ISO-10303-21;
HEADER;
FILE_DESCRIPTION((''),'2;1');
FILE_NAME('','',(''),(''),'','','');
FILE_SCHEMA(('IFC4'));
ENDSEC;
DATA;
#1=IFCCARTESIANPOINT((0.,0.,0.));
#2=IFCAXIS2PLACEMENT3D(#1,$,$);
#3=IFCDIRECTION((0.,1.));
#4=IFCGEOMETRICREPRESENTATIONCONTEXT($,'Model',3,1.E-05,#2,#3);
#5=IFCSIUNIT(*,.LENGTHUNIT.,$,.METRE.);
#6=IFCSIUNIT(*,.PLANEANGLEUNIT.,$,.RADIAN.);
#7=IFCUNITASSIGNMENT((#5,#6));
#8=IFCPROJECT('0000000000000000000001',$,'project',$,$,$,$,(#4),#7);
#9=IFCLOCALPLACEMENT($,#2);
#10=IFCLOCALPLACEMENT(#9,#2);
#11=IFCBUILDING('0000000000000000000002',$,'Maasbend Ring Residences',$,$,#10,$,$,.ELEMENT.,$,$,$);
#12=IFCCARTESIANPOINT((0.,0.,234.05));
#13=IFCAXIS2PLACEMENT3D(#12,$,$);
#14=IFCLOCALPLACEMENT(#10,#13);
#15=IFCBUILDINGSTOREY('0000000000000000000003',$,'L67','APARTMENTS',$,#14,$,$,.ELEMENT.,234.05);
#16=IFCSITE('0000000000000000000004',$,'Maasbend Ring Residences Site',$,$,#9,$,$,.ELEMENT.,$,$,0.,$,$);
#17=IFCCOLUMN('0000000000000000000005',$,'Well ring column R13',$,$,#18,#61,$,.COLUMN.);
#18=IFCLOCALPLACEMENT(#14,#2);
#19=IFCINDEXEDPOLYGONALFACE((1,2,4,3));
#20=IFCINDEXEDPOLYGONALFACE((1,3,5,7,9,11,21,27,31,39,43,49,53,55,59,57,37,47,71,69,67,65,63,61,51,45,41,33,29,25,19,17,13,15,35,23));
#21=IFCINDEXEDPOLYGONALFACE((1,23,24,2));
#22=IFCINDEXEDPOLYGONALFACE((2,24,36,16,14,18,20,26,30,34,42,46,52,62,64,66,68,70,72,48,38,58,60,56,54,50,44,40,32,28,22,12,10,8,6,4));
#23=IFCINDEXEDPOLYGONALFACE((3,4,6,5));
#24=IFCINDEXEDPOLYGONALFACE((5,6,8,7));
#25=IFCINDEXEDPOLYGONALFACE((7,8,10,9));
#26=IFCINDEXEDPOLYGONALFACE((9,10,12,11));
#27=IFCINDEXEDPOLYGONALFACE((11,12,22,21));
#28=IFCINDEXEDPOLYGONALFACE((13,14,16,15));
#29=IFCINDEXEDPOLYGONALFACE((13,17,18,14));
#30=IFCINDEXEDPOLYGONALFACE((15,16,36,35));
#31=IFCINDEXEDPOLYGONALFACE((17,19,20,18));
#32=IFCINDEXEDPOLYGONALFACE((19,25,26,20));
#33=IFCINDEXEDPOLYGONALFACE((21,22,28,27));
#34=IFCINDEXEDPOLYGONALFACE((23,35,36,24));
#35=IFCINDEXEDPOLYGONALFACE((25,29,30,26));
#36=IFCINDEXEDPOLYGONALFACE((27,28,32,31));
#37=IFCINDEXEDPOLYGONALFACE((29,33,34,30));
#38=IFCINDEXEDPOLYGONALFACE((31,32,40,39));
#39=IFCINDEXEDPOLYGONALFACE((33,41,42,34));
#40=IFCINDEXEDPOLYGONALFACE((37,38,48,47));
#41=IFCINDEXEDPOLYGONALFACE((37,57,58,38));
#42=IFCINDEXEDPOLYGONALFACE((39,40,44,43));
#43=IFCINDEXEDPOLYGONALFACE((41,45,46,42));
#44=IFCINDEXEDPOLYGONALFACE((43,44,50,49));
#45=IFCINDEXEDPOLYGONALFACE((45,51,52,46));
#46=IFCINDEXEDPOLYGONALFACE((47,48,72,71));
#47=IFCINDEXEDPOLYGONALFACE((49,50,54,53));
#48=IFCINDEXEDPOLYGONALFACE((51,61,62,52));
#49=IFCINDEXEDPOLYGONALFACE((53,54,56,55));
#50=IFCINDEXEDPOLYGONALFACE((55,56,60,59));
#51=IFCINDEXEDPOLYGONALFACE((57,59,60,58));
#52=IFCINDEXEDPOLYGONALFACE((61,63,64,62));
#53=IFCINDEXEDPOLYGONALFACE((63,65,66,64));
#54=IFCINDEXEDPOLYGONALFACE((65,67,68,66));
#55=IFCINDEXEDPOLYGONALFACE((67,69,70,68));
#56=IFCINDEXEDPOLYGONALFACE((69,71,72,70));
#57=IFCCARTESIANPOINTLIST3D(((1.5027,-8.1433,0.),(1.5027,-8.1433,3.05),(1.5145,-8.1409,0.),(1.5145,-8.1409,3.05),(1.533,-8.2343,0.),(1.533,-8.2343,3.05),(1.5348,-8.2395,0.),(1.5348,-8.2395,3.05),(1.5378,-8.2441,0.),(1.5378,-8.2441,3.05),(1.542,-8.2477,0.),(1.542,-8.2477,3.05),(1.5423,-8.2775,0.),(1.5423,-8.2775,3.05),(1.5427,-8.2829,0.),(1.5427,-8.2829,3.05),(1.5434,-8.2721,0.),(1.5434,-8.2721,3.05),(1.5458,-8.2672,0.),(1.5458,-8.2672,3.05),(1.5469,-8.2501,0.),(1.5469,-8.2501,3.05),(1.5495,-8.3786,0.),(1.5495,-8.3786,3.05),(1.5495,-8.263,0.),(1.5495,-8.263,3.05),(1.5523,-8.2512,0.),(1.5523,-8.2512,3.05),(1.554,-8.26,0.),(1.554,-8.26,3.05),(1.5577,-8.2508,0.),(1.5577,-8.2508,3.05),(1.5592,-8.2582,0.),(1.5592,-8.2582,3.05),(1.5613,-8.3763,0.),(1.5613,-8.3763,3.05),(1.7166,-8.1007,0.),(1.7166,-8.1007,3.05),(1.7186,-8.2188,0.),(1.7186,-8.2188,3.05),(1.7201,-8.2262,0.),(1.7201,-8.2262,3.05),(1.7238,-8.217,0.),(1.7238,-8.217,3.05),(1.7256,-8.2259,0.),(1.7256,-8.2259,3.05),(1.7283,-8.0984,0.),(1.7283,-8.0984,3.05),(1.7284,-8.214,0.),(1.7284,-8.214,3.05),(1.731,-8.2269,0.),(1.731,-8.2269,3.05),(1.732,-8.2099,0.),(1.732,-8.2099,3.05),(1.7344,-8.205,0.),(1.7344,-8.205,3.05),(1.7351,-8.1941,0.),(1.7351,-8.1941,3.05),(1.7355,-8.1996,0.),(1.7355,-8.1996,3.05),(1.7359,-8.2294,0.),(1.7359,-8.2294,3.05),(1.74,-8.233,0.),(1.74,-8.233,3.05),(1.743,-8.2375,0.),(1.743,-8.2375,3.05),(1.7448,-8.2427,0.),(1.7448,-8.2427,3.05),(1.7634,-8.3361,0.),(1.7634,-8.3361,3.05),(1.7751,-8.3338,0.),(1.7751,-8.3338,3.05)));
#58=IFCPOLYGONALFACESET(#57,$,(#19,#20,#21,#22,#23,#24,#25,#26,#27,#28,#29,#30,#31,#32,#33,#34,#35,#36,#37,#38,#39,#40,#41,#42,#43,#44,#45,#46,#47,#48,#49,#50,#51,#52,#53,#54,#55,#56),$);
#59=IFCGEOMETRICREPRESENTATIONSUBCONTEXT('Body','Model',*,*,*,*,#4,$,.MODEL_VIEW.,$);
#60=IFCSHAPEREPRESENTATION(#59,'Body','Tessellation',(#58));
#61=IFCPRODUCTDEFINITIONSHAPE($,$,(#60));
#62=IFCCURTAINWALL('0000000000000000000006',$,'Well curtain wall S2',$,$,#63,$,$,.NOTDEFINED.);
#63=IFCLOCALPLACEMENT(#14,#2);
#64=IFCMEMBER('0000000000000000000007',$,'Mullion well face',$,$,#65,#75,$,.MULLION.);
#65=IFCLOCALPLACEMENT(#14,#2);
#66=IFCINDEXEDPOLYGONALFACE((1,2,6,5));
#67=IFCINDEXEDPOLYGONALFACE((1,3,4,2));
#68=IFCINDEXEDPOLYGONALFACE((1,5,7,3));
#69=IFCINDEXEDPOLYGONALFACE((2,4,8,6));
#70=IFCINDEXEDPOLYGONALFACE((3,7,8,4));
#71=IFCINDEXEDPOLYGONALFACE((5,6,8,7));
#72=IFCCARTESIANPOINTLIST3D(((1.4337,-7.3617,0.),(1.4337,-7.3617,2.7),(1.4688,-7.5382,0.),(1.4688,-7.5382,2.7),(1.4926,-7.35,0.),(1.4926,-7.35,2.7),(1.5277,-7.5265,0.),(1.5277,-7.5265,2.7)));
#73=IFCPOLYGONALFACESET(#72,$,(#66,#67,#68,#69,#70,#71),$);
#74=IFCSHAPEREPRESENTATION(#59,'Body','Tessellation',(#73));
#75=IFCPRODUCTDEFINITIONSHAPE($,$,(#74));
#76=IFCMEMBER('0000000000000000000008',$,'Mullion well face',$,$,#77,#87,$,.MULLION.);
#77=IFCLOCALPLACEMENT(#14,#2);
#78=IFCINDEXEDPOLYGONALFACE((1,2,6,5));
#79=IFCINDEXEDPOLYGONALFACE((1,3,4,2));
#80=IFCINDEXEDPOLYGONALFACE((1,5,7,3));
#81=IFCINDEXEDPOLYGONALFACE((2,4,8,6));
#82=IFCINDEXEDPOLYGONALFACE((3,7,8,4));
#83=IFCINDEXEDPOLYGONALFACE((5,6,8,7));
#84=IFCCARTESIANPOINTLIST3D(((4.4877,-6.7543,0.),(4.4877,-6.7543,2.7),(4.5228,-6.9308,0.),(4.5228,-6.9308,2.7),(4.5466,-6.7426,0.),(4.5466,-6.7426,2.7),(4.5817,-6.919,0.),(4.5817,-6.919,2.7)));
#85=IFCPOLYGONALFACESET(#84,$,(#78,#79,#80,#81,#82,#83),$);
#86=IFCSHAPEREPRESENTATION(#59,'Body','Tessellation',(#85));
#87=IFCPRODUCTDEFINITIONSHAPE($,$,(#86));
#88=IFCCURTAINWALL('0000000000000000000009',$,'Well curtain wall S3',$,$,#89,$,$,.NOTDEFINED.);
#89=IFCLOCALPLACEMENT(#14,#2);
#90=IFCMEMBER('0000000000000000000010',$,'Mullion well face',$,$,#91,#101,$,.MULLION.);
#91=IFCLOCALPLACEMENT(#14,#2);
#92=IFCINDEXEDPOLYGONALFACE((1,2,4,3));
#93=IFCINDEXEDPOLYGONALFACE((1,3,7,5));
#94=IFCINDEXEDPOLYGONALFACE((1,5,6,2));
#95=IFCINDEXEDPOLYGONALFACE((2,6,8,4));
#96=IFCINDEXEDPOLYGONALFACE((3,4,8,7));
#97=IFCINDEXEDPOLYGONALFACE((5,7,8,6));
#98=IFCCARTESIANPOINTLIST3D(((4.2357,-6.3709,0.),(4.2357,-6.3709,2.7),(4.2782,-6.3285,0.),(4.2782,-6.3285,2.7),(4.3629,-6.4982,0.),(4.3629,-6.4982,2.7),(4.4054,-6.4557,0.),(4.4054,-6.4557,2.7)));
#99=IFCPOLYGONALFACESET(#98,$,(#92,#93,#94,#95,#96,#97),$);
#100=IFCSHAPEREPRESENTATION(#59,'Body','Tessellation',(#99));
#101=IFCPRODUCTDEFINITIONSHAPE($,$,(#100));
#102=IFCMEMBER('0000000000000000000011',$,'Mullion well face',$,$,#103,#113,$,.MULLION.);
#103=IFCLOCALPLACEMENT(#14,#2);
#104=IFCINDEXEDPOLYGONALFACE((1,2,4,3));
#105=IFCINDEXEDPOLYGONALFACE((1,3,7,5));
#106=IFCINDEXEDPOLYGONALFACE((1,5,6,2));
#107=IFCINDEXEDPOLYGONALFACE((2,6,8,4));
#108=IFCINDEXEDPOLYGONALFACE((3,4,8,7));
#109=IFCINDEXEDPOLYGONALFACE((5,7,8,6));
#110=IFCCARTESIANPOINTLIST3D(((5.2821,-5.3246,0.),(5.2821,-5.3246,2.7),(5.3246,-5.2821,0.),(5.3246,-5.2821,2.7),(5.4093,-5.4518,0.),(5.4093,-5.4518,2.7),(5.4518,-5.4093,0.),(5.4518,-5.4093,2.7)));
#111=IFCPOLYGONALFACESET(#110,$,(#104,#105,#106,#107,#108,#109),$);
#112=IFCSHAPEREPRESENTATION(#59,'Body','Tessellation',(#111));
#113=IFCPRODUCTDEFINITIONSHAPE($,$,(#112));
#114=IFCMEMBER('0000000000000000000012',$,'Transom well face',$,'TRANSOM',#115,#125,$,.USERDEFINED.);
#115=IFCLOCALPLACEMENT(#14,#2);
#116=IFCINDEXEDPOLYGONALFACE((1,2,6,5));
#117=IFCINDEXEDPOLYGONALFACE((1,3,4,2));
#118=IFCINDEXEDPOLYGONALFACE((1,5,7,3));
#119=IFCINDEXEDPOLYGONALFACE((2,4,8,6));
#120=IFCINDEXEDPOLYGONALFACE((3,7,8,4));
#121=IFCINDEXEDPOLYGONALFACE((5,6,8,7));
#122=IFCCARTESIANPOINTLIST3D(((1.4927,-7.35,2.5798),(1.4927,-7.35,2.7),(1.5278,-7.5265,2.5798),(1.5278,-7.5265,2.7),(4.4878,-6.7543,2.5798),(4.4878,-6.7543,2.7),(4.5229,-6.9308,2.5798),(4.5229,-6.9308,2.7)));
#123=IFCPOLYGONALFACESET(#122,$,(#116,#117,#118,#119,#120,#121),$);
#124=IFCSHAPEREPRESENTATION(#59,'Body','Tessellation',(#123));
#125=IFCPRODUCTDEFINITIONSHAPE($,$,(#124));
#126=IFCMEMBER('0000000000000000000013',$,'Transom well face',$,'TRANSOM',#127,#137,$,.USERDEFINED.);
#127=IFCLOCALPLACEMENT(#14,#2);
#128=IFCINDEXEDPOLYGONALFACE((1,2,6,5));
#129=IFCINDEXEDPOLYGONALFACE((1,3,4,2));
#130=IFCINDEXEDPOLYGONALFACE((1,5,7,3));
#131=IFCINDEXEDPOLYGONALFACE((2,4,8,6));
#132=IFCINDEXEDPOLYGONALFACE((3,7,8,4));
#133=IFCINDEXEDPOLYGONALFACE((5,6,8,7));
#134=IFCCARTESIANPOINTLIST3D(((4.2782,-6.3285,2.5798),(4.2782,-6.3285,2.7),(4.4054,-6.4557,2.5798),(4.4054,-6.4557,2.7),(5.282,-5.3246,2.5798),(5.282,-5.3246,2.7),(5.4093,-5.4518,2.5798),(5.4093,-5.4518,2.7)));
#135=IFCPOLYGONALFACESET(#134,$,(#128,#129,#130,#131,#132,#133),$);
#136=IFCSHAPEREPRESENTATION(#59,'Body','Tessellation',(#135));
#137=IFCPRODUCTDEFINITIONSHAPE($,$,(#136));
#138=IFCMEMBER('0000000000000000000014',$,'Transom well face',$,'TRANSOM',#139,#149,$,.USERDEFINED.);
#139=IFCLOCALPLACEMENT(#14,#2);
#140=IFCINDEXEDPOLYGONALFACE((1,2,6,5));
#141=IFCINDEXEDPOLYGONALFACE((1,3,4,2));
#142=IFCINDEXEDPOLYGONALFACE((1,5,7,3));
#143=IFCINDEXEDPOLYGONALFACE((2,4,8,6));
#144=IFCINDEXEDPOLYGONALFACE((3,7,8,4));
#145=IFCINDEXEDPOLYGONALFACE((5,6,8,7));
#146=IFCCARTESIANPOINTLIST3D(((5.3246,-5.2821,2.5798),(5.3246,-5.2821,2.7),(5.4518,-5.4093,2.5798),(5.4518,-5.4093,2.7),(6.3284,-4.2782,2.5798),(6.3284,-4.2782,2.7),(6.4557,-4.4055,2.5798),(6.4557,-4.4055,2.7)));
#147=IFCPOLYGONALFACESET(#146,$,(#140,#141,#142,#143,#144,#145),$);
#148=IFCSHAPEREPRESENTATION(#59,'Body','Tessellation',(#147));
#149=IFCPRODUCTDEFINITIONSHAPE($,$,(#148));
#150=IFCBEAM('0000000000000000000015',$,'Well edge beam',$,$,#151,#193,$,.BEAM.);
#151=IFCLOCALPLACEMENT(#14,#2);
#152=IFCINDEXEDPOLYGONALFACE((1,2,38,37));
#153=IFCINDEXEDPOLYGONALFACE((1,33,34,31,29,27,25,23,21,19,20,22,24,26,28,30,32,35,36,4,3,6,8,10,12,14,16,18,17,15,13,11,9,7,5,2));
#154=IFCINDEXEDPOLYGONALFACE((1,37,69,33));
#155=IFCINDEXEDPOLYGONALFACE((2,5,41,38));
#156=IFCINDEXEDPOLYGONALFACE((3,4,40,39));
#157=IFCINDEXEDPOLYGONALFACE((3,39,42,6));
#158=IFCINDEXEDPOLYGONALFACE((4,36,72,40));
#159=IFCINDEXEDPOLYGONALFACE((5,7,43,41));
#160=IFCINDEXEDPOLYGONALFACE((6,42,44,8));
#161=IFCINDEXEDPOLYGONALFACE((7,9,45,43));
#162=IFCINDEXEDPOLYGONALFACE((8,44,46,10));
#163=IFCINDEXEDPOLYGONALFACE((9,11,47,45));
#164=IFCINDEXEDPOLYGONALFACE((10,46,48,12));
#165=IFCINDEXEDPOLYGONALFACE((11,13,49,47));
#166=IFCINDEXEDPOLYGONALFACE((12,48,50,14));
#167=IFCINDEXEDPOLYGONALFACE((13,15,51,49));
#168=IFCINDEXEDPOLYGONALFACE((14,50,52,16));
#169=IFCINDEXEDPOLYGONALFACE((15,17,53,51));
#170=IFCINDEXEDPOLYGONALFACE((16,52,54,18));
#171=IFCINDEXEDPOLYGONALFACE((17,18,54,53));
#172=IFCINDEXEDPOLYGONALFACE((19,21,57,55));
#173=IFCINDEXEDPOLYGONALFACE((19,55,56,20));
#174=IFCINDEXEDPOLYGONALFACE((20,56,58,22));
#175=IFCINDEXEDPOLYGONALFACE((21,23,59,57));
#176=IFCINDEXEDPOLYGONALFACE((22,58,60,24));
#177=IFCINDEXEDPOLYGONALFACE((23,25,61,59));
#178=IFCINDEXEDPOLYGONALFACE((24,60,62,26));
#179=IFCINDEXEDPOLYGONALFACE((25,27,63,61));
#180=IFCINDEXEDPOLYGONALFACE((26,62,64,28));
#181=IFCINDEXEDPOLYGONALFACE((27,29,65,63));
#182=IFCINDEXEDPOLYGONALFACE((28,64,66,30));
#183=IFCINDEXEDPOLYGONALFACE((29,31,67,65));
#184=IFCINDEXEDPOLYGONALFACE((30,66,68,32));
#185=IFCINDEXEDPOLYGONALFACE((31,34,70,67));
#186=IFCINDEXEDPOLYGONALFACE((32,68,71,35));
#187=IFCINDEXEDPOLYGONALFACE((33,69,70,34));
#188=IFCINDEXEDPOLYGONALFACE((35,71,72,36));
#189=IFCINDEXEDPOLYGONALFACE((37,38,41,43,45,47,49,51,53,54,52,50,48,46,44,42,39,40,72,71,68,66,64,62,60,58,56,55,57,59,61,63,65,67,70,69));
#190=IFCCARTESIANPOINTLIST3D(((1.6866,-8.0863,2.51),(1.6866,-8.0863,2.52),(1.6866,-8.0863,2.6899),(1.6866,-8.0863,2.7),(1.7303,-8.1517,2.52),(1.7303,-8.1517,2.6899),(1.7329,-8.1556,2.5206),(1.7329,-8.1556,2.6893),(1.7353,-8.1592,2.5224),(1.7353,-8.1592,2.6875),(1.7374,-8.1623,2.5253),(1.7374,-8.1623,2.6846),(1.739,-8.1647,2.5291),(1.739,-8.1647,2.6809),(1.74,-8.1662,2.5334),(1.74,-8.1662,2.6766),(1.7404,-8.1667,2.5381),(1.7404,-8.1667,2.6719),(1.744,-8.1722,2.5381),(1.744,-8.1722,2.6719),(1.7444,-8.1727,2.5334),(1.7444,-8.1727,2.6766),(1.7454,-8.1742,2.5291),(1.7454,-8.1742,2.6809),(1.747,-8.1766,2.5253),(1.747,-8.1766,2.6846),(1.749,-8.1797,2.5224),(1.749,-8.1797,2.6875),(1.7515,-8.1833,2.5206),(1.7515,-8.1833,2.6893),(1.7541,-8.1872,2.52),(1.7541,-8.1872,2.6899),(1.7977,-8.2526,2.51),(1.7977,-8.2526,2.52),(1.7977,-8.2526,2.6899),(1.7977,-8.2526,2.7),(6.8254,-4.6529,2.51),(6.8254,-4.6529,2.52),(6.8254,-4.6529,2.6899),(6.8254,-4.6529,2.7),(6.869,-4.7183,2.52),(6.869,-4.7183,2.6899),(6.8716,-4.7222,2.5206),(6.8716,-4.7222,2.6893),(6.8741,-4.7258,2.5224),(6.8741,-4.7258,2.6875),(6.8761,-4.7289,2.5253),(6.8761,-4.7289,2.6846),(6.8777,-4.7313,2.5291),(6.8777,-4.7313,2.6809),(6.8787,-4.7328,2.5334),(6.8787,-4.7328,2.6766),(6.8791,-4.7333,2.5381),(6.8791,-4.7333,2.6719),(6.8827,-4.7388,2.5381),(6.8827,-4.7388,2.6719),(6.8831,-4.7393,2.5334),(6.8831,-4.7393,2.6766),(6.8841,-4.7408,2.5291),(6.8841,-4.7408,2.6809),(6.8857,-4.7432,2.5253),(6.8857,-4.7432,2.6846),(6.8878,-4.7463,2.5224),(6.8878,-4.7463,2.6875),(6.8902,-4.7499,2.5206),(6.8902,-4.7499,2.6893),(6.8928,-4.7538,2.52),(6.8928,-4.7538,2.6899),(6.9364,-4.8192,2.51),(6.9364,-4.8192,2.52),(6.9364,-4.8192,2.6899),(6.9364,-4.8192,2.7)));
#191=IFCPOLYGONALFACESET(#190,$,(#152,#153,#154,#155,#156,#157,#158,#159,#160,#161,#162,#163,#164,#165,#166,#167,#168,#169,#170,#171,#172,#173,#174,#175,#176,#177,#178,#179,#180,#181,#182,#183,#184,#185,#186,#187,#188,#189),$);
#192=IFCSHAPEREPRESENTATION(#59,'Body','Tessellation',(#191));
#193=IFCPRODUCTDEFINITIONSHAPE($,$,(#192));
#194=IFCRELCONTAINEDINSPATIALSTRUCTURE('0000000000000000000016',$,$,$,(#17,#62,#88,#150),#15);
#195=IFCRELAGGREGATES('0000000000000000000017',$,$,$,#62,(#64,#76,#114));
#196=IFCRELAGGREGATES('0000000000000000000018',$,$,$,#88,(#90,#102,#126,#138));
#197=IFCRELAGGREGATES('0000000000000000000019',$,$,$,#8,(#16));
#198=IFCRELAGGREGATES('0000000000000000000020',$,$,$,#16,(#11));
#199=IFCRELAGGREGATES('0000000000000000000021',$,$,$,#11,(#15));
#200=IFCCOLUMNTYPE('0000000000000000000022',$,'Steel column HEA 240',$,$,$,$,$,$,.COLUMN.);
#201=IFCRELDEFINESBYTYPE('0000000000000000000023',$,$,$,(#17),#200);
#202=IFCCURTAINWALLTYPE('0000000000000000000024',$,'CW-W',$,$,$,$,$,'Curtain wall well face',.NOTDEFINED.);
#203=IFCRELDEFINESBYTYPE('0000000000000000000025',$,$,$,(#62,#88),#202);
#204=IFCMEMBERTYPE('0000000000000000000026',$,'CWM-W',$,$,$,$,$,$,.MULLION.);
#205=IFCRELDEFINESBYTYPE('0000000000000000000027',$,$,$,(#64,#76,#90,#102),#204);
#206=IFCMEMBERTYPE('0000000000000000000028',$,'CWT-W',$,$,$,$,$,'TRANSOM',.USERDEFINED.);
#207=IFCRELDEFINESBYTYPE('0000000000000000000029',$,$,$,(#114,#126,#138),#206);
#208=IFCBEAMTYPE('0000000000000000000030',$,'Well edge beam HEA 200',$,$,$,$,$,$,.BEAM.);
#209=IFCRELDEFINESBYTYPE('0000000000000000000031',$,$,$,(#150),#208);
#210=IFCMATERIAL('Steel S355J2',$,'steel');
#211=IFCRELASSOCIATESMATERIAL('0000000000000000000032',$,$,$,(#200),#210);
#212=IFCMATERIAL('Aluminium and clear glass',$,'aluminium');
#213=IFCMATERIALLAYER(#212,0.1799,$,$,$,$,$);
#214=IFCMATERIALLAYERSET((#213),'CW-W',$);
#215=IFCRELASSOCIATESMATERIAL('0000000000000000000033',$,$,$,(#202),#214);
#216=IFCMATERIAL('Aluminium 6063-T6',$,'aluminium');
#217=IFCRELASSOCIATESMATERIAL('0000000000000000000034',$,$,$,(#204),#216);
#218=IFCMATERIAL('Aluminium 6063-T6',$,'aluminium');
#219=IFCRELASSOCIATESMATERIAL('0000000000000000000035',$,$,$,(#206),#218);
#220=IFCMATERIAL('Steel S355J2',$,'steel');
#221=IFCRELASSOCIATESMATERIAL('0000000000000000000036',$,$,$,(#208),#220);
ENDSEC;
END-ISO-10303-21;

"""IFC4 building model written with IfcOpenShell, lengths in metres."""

from ifc_helpers import new_model, si_unit, direction, frame, origin, origin_2d, place, context, subcontext, project, spatial, rectangle, i_section, extrude, material, layer, layer_set, material_profile, profile_set, type_object, element, aggregate, save


model = new_model("IFC4")

# Units and contexts
model_context = context("Model", 3, precision=1e-05, world=origin(), true_north=direction((0.0, 1.0)))
body_context = subcontext(model_context, "Body", "Model", "MODEL_VIEW")
ifc_project = project(units=[si_unit("LENGTHUNIT", "METRE"), si_unit("PLANEANGLEUNIT", "RADIAN")], contexts=[model_context])

# Site, building, storey
site_placement = place(None, origin())
site = spatial("IfcSite", under=ifc_project, at=site_placement, Name="Maasbend Ring Residences Site", CompositionType="ELEMENT", RefElevation=0.0)
building_placement = place(site_placement, origin())
building = spatial("IfcBuilding", under=site, at=building_placement, Name="Maasbend Ring Residences", CompositionType="ELEMENT")
storey_placement = place(building_placement, frame((0.0, 0.0, 234.05)))
storey = spatial("IfcBuildingStorey", under=building, at=storey_placement, Name="L67", Description="APARTMENTS", CompositionType="ELEMENT", Elevation=234.05)

# Column
ifc_material_1 = material(Name="Steel S355J2", Category="steel")
ifc_material_profile_1 = material_profile(ifc_material_1, i_section(OverallWidth=0.24, OverallDepth=0.23, WebThickness=0.0076, FlangeThickness=0.012, FilletRadius=0.021, at=origin_2d()), Name="HEA 240")
ifc_profile_set_1 = profile_set([ifc_material_profile_1], Name="Steel S355J2")
column_type = type_object("IfcColumnType", Name="Steel column HEA 240", PredefinedType="COLUMN", material=ifc_profile_set_1)
column_placement = place(storey_placement, frame((1.6389, -8.2385, 0.0), z_axis=(0.0, 0.0, 1.0), x_axis=(0.19509, -0.980785, 0.0)))
element("IfcColumn", 1, at=column_placement, inside=storey, type_object=column_type, Name="Well ring column R13", PredefinedType="COLUMN", context=body_context, shape_type="SweptSolid", body=[
    extrude(i_section(OverallWidth=0.24, OverallDepth=0.23, WebThickness=0.0076, FlangeThickness=0.012, FilletRadius=0.021, at=origin_2d()), origin(), (0.0, 0.0, 1.0), 3.05),
])

# Curtain walls, members
ifc_material_2 = material(Name="Aluminium and clear glass", Category="aluminium")
ifc_layer_1 = layer(ifc_material_2, 0.1799)
ifc_layer_set_1 = layer_set([ifc_layer_1], Name="CW-W")
curtain_wall_type = type_object("IfcCurtainWallType", Name="CW-W", ElementType="Curtain wall well face", PredefinedType="NOTDEFINED", material=ifc_layer_set_1)
curtain_wall_1_placement = place(storey_placement, origin())
curtain_wall_1 = element("IfcCurtainWall", 2, at=curtain_wall_1_placement, inside=storey, type_object=curtain_wall_type, Name="Well curtain wall S2", PredefinedType="NOTDEFINED")
ifc_material_3 = material(Name="Aluminium 6063-T6", Category="aluminium")
ifc_material_profile_2 = material_profile(ifc_material_3, rectangle(XDim=0.1799, YDim=0.0601, at=origin_2d()), Name="AL 180x60")
ifc_profile_set_2 = profile_set([ifc_material_profile_2], Name="Aluminium 6063-T6")
member_type_1 = type_object("IfcMemberType", Name="CWM-W", PredefinedType="MULLION", material=ifc_profile_set_2)
member_1_placement = place(storey_placement, frame((1.4807, -7.4441, 0.0), z_axis=(0.0, 0.0, 1.0), x_axis=(-0.19509, 0.980785, 0.0)))
member_1 = element("IfcMember", 3, at=member_1_placement, type_object=member_type_1, Name="Mullion well face", PredefinedType="MULLION", context=body_context, shape_type="SweptSolid", body=[
    extrude(rectangle(XDim=0.1799, YDim=0.0601, at=origin_2d()), origin(), (0.0, 0.0, 1.0), 2.7),
])
member_2_placement = place(storey_placement, frame((4.5347, -6.8367, 0.0), z_axis=(0.0, 0.0, 1.0), x_axis=(-0.19509, 0.980785, 0.0)))
member_2 = element("IfcMember", 4, at=member_2_placement, type_object=member_type_1, Name="Mullion well face", PredefinedType="MULLION", context=body_context, shape_type="SweptSolid", body=[
    extrude(rectangle(XDim=0.1799, YDim=0.0601, at=origin_2d()), origin(), (0.0, 0.0, 1.0), 2.7),
])
curtain_wall_2_placement = place(storey_placement, origin())
curtain_wall_2 = element("IfcCurtainWall", 5, at=curtain_wall_2_placement, inside=storey, type_object=curtain_wall_type, Name="Well curtain wall S3", PredefinedType="NOTDEFINED")
member_3_placement = place(storey_placement, frame((4.3206, -6.4133, 0.0), z_axis=(0.0, 0.0, 1.0), x_axis=(-0.707107, 0.707107, 0.0)))
member_3 = element("IfcMember", 6, at=member_3_placement, type_object=member_type_1, Name="Mullion well face", PredefinedType="MULLION", context=body_context, shape_type="SweptSolid", body=[
    extrude(rectangle(XDim=0.1799, YDim=0.0601, at=origin_2d()), origin(), (0.0, 0.0, 1.0), 2.7),
])
member_4_placement = place(storey_placement, frame((5.3669, -5.3669, 0.0), z_axis=(0.0, 0.0, 1.0), x_axis=(-0.707107, 0.707107, 0.0)))
member_4 = element("IfcMember", 7, at=member_4_placement, type_object=member_type_1, Name="Mullion well face", PredefinedType="MULLION", context=body_context, shape_type="SweptSolid", body=[
    extrude(rectangle(XDim=0.1799, YDim=0.0601, at=origin_2d()), origin(), (0.0, 0.0, 1.0), 2.7),
])

# Members
ifc_material_4 = material(Name="Aluminium 6063-T6", Category="aluminium")
ifc_material_profile_3 = material_profile(ifc_material_4, rectangle(XDim=0.1799, YDim=0.1201, at=origin_2d()), Name="AL 180x120")
ifc_profile_set_3 = profile_set([ifc_material_profile_3], Name="Aluminium 6063-T6")
member_type_2 = type_object("IfcMemberType", Name="CWT-W", ElementType="TRANSOM", PredefinedType="USERDEFINED", material=ifc_profile_set_3)
member_5_placement = place(storey_placement, frame((1.5103, -7.4382, 2.6399), z_axis=(0.980789, 0.195071, 0.0), x_axis=(-0.195071, 0.980789, 0.0)))
member_5 = element("IfcMember", 8, at=member_5_placement, type_object=member_type_2, Name="Transom well face", ObjectType="TRANSOM", PredefinedType="USERDEFINED", context=body_context, shape_type="SweptSolid", body=[
    extrude(rectangle(XDim=0.1799, YDim=0.1201, at=origin_2d()), origin(), (0.0, 0.0, 1.0), 3.0537),
])
member_6_placement = place(storey_placement, frame((4.3418, -6.3921, 2.6399), z_axis=(0.707107, 0.707107, 0.0), x_axis=(-0.707107, 0.707107, 0.0)))
member_6 = element("IfcMember", 9, at=member_6_placement, type_object=member_type_2, Name="Transom well face", ObjectType="TRANSOM", PredefinedType="USERDEFINED", context=body_context, shape_type="SweptSolid", body=[
    extrude(rectangle(XDim=0.1799, YDim=0.1201, at=origin_2d()), origin(), (0.0, 0.0, 1.0), 1.4197),
])
member_7_placement = place(storey_placement, frame((5.3882, -5.3457, 2.6399), z_axis=(0.707107, 0.707107, 0.0), x_axis=(-0.707107, 0.707107, 0.0)))
member_7 = element("IfcMember", 10, at=member_7_placement, type_object=member_type_2, Name="Transom well face", ObjectType="TRANSOM", PredefinedType="USERDEFINED", context=body_context, shape_type="SweptSolid", body=[
    extrude(rectangle(XDim=0.1799, YDim=0.1201, at=origin_2d()), origin(), (0.0, 0.0, 1.0), 1.4197),
])

# Beam
ifc_material_5 = material(Name="Steel S355J2", Category="steel")
ifc_material_profile_4 = material_profile(ifc_material_5, i_section(OverallWidth=0.2, OverallDepth=0.1899, WebThickness=0.0066, FlangeThickness=0.01, FilletRadius=0.0181, at=origin_2d()), Name="HEA 200")
ifc_profile_set_4 = profile_set([ifc_material_profile_4], Name="Steel S355J2")
beam_type = type_object("IfcBeamType", Name="Well edge beam HEA 200", PredefinedType="BEAM", material=ifc_profile_set_4)
beam_placement = place(storey_placement, frame((1.7422, -8.1694, 2.605), z_axis=(0.831485, 0.555548, 0.0), x_axis=(-0.555548, 0.831485, 0.0)))
element("IfcBeam", 11, at=beam_placement, inside=storey, type_object=beam_type, Name="Well edge beam", PredefinedType="BEAM", context=body_context, shape_type="SweptSolid", body=[
    extrude(i_section(OverallWidth=0.2, OverallDepth=0.1899, WebThickness=0.0066, FlangeThickness=0.01, FilletRadius=0.0181, at=origin_2d()), origin(), (0.0, 0.0, 1.0), 6.1802),
])

aggregate(curtain_wall_1, [member_1, member_2, member_5])
aggregate(curtain_wall_2, [member_3, member_4, member_6, member_7])

save(model, "model.ifc")
